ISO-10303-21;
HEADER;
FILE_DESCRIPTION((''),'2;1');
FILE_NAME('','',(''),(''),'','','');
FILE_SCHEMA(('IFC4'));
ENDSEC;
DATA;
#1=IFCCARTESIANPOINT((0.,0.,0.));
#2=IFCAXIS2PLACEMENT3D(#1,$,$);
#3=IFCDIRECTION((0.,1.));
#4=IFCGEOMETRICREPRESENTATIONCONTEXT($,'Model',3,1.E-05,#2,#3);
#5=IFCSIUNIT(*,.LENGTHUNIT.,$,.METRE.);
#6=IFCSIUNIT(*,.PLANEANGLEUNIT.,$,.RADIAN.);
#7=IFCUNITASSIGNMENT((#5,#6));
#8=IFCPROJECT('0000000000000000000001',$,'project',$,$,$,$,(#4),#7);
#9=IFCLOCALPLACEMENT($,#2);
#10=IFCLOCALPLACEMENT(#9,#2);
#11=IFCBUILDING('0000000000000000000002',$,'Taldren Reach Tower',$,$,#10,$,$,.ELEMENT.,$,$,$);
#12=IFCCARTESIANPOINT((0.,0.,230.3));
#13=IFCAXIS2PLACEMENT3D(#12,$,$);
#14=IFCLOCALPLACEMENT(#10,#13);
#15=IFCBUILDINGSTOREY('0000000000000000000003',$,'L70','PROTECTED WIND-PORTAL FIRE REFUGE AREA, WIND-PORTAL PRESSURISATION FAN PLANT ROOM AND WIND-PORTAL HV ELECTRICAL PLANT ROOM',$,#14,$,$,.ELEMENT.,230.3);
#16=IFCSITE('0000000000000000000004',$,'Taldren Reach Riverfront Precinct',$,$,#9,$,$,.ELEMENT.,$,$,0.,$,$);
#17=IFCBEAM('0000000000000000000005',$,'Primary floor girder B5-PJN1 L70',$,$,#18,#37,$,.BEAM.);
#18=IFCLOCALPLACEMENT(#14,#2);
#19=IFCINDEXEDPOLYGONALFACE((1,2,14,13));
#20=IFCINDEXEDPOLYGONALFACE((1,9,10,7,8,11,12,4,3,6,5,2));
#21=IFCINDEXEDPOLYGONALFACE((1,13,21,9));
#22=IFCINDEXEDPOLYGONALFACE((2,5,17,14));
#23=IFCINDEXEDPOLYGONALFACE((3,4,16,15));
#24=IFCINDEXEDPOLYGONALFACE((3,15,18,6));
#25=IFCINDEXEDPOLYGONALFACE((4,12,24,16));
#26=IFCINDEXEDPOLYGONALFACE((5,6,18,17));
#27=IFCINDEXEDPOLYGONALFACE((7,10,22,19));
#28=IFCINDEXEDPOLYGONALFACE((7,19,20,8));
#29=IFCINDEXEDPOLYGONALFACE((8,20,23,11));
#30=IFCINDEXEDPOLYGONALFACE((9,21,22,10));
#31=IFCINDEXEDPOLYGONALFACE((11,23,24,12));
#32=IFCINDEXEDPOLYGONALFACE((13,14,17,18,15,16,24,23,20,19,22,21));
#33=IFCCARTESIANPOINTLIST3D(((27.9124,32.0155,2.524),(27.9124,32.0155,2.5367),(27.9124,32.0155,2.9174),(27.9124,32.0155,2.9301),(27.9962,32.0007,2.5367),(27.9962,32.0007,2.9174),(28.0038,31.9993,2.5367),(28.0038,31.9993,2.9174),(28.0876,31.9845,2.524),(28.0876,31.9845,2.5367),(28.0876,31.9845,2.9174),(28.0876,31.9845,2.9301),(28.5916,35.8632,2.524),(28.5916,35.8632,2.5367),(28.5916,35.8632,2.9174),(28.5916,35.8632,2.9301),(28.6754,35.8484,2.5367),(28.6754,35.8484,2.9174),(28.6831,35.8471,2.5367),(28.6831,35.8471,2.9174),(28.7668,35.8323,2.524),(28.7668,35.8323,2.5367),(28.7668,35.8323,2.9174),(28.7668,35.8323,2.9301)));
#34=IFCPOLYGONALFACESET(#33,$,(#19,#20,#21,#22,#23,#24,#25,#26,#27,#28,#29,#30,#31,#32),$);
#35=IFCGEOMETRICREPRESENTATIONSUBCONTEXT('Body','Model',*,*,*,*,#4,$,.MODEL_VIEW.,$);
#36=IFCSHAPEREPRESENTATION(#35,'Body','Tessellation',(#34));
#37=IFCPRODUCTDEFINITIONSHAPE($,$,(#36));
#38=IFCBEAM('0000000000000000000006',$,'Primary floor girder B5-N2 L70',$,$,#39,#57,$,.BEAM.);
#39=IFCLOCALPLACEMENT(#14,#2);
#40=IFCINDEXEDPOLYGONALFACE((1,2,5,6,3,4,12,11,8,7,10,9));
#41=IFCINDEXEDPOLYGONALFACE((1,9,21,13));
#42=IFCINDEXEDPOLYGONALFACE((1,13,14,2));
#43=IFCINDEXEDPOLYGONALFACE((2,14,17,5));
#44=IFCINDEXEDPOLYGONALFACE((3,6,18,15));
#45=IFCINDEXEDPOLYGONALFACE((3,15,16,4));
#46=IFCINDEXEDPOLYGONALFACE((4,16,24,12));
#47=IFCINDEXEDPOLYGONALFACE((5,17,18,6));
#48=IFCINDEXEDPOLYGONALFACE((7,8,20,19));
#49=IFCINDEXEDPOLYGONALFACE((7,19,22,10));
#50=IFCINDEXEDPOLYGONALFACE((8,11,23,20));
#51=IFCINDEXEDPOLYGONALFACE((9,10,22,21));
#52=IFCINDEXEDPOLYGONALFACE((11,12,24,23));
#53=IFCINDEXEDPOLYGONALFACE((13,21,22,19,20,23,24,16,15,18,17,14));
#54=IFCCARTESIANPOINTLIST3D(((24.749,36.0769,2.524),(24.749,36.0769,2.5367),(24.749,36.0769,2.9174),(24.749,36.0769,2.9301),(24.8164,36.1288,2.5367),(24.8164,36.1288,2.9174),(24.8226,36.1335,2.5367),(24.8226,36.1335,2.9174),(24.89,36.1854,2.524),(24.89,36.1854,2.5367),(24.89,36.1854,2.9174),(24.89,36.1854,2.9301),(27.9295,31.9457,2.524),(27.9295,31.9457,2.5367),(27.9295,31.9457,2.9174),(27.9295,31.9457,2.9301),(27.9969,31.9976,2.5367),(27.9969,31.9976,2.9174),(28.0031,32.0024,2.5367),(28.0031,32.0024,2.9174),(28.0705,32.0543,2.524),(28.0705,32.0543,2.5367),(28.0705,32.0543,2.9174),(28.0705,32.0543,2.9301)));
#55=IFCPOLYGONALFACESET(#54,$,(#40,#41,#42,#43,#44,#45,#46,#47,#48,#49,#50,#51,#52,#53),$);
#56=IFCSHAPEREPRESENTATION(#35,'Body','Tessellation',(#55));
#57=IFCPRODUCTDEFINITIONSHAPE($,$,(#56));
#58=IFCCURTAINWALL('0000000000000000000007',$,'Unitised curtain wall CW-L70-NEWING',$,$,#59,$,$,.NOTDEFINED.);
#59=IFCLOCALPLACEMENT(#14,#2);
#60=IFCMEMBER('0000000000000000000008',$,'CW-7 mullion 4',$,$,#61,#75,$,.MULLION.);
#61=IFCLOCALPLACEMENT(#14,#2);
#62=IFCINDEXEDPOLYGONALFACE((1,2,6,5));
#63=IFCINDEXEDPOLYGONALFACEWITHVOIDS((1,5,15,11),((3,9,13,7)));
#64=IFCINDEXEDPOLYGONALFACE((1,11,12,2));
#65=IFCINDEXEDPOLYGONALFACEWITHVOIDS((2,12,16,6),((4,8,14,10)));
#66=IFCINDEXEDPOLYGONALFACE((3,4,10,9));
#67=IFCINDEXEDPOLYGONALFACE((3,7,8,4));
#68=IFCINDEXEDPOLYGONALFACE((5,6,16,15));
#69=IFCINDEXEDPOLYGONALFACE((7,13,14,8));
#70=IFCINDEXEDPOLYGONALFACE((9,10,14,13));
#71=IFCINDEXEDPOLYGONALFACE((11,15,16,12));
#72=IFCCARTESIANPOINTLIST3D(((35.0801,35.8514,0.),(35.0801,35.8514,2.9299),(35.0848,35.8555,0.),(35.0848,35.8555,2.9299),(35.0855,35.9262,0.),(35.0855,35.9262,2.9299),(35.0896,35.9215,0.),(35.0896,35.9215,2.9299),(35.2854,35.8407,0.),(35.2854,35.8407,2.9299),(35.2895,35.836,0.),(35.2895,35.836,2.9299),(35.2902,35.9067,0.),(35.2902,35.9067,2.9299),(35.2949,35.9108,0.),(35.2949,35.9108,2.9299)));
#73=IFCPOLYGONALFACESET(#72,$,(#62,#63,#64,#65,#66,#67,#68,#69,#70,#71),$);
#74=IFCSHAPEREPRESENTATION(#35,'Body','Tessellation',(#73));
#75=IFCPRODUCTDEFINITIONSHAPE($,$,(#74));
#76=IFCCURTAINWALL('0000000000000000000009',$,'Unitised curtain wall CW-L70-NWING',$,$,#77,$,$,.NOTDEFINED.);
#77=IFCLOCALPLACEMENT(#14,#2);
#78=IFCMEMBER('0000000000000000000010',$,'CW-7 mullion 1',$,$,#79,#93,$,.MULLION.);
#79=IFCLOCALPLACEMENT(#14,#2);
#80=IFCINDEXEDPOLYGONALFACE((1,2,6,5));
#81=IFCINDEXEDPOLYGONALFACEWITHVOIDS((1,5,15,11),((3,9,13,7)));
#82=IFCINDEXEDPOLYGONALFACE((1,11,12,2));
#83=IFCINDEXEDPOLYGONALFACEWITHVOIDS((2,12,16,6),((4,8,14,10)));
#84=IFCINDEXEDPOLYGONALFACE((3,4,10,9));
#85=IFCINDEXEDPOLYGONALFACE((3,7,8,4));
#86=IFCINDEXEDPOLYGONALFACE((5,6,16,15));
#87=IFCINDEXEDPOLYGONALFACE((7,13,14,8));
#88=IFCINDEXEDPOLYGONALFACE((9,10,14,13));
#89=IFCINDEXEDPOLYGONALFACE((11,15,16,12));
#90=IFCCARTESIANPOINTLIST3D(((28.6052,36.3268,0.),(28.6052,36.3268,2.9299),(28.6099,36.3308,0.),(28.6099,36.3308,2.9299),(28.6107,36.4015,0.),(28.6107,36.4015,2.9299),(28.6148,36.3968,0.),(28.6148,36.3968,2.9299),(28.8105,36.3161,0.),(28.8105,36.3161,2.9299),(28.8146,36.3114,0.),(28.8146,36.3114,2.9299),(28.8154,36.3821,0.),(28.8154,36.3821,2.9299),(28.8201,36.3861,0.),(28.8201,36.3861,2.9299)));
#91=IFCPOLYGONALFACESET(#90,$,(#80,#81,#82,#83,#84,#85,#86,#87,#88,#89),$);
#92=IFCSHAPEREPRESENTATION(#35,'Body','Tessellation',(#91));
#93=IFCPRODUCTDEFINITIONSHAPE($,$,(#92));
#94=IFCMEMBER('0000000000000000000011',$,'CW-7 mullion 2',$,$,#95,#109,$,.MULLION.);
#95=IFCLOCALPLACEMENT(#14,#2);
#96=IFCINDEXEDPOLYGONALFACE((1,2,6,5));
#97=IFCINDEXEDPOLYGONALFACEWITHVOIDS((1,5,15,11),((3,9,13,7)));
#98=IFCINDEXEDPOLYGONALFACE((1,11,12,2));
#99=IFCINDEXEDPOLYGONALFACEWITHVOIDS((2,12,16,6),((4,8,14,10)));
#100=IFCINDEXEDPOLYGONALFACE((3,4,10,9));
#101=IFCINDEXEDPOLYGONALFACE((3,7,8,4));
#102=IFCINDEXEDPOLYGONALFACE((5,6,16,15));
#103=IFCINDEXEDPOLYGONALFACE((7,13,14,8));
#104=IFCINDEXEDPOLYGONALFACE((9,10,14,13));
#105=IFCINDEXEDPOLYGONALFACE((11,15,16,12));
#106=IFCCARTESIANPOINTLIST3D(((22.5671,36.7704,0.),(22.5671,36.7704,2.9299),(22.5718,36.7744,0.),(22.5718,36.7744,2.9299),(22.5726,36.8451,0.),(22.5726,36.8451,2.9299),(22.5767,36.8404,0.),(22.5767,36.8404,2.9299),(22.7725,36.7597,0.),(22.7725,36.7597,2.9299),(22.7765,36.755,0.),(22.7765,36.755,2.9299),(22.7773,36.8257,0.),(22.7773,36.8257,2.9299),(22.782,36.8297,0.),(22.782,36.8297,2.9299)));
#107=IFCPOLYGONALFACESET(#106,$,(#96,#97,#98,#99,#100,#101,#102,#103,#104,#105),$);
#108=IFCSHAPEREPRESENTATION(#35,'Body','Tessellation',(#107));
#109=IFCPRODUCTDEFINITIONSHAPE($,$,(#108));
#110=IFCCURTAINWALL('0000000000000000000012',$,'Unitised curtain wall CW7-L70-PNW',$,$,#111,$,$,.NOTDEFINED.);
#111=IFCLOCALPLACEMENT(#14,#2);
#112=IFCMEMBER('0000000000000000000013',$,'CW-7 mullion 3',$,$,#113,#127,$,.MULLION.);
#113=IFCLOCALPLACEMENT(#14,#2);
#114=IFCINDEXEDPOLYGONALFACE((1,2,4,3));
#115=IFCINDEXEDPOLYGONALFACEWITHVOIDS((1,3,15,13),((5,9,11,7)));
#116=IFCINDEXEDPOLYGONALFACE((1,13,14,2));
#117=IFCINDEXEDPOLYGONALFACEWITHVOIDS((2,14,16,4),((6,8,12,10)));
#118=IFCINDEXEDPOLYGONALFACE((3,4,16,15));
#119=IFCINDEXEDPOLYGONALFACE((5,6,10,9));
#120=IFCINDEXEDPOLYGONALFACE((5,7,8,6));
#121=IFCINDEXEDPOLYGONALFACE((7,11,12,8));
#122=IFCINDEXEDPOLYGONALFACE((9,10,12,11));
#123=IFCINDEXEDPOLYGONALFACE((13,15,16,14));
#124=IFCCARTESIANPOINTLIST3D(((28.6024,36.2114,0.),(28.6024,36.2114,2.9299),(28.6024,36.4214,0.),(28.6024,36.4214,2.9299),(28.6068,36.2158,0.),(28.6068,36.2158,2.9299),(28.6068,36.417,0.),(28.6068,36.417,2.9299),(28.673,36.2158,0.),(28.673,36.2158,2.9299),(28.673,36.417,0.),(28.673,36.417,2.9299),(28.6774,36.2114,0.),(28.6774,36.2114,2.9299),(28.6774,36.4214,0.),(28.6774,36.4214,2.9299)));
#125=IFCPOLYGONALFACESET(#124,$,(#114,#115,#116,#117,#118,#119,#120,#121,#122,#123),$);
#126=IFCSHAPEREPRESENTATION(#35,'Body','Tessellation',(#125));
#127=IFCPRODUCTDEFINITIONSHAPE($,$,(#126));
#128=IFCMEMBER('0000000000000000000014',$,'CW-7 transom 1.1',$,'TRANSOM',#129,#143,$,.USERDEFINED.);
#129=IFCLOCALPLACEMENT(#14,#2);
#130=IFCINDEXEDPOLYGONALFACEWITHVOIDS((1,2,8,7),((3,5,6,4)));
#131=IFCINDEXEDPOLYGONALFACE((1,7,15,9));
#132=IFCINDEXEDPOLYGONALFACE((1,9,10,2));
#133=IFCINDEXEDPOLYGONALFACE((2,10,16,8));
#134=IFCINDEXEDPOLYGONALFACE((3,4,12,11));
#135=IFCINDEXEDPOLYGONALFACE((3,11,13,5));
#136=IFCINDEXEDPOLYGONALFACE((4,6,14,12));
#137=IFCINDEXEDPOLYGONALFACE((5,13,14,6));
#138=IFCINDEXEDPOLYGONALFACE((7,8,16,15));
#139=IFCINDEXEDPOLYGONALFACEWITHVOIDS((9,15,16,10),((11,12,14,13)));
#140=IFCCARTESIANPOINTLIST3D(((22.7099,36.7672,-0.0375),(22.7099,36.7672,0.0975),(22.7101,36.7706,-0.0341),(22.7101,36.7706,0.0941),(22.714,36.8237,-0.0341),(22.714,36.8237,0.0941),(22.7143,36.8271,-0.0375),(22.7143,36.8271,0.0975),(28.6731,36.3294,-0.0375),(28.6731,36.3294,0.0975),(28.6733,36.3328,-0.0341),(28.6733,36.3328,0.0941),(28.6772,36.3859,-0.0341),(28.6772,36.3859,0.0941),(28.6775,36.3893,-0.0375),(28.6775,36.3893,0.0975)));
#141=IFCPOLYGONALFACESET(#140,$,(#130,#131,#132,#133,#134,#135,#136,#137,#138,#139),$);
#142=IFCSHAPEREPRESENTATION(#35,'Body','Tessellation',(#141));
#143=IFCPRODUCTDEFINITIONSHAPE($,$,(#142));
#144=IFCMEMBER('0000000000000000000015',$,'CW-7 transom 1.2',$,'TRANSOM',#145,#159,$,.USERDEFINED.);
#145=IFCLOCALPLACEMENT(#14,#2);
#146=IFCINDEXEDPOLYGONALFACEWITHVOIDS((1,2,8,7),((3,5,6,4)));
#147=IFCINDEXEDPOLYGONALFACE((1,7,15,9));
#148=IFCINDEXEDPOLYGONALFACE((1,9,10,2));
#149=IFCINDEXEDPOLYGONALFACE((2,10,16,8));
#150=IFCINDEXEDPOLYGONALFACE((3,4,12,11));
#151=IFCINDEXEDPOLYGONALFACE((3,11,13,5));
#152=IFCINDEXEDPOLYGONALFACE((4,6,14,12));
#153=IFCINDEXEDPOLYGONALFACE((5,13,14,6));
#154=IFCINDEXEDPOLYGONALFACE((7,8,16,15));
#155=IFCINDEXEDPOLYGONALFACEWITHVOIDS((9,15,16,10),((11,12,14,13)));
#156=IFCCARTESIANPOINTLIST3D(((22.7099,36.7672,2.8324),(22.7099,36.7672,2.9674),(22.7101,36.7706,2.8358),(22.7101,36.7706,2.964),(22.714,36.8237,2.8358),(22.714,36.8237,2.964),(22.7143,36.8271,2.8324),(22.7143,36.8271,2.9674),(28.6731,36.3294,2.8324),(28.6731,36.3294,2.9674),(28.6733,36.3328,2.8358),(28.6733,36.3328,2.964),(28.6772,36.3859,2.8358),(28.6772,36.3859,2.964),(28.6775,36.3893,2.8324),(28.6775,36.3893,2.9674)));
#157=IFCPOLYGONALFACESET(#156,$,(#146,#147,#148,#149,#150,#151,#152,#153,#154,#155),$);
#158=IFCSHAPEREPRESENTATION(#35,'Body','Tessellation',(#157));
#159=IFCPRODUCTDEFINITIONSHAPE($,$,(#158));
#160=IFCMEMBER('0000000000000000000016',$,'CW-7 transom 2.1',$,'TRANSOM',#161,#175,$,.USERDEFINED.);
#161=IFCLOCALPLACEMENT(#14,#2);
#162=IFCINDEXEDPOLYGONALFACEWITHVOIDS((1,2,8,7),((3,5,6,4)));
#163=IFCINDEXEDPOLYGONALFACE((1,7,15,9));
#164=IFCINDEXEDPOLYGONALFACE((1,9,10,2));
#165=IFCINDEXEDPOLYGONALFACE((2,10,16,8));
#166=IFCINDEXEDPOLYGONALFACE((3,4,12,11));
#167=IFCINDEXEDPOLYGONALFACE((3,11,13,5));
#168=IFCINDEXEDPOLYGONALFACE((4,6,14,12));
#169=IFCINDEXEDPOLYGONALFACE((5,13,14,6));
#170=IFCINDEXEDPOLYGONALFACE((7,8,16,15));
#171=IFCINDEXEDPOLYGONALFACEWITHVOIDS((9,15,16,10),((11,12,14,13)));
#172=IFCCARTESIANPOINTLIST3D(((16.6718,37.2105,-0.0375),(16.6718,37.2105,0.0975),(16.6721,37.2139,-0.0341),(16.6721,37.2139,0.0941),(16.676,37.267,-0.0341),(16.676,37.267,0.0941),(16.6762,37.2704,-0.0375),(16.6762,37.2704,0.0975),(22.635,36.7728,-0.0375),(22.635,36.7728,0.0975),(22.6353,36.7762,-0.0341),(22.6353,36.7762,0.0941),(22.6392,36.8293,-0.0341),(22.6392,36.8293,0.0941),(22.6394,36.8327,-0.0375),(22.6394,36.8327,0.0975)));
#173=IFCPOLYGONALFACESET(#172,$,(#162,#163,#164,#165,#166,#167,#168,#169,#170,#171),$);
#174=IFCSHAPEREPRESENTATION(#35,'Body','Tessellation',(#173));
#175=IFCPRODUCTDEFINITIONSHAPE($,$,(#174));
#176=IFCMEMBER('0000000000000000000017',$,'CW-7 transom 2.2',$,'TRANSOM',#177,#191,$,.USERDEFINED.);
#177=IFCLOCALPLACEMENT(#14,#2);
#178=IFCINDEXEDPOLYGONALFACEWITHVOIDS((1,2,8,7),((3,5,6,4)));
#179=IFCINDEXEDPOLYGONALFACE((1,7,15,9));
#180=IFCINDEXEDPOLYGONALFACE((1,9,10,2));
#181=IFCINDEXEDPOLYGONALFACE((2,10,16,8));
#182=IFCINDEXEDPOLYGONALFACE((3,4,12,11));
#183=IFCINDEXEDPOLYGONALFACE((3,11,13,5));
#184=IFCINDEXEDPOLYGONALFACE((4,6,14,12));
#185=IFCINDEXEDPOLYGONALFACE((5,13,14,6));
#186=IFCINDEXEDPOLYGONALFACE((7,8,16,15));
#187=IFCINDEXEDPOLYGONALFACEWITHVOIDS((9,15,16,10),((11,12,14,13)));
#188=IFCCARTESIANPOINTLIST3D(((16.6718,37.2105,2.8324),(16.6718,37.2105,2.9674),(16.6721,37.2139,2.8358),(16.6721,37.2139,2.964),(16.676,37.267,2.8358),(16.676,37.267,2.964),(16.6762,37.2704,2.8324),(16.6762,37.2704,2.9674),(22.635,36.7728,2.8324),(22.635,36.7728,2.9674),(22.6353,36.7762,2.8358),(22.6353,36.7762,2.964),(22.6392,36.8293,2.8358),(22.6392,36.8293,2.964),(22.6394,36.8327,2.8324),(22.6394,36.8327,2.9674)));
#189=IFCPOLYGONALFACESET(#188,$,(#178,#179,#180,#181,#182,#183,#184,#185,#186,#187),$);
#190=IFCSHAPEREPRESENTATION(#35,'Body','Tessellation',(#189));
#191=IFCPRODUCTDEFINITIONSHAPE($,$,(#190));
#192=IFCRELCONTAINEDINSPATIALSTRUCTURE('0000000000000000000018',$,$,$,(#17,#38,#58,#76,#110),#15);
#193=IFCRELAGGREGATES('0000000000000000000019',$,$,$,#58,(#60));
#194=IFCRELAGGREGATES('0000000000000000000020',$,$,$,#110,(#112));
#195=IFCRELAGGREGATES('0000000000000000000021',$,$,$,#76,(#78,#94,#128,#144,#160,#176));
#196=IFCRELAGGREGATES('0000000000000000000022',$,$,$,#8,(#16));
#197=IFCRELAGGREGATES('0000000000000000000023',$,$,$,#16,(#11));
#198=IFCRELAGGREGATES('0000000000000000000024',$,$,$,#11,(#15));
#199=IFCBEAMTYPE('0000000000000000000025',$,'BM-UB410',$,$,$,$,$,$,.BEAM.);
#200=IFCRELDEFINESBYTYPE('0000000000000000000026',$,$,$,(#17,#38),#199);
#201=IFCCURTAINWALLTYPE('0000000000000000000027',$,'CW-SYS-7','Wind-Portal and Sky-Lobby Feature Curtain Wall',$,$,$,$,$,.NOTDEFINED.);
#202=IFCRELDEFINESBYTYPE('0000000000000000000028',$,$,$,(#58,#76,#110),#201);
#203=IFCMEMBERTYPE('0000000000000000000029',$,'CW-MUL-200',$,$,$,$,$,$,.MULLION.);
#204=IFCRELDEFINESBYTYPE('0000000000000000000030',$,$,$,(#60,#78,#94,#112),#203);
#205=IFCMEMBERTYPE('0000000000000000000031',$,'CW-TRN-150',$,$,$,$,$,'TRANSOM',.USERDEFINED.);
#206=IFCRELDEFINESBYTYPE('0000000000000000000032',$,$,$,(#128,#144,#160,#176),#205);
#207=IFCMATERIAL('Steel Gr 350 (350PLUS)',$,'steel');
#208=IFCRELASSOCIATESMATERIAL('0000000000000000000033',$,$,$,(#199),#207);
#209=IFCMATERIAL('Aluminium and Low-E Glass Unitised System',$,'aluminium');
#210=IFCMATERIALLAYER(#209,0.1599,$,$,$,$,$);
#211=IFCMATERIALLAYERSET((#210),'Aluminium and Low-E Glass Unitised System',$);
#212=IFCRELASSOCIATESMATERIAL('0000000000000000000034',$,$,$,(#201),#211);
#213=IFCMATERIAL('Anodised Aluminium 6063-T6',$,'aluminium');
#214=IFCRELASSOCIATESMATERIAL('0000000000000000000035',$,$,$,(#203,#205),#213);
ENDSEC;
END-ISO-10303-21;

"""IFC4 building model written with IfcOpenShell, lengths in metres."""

from ifc_helpers import new_model, si_unit, direction, frame, origin, origin_2d, place, context, subcontext, project, spatial, hollow_rectangle, i_section, extrude, source, transform, mapped, material, layer, layer_set, material_profile, profile_set, type_object, element, aggregate, save


model = new_model("IFC4")

# Units and contexts
model_context = context("Model", 3, precision=1e-05, world=origin(), true_north=direction((0.0, 1.0)))
body_context = subcontext(model_context, "Body", "Model", "MODEL_VIEW")
ifc_project = project(units=[si_unit("LENGTHUNIT", "METRE"), si_unit("PLANEANGLEUNIT", "RADIAN")], contexts=[model_context])

# Site, building, storey
site_placement = place(None, origin())
site = spatial("IfcSite", under=ifc_project, at=site_placement, Name="Taldren Reach Riverfront Precinct", CompositionType="ELEMENT", RefElevation=0.0)
building_placement = place(site_placement, origin())
building = spatial("IfcBuilding", under=site, at=building_placement, Name="Taldren Reach Tower", CompositionType="ELEMENT")
storey_placement = place(building_placement, frame((0.0, 0.0, 230.3)))
storey = spatial("IfcBuildingStorey", under=building, at=storey_placement, Name="L70", Description="PROTECTED WIND-PORTAL FIRE REFUGE AREA, WIND-PORTAL PRESSURISATION FAN PLANT ROOM AND WIND-PORTAL HV ELECTRICAL PLANT ROOM", CompositionType="ELEMENT", Elevation=230.3)

# Shared definitions
ifc_material_1 = material(Name="Steel Gr 350 (350PLUS)", Category="steel")

# Beams
ifc_material_profile_1 = material_profile(ifc_material_1, i_section(OverallWidth=0.178, OverallDepth=0.406, WebThickness=0.0078, FlangeThickness=0.0127, at=origin_2d()), Name="410UB59.7")
ifc_profile_set_1 = profile_set([ifc_material_profile_1], Name="Steel Gr 350 (350PLUS)")
beam_type_1 = type_object("IfcBeamType", Name="BM-UB410", PredefinedType="BEAM", material=ifc_profile_set_1)
shared_shape_1 = source(origin(), body_context, "Body", "SweptSolid", [
    extrude(i_section(OverallWidth=0.178, OverallDepth=0.406, WebThickness=0.0078, FlangeThickness=0.0127, at=origin_2d()), origin(), (0.0, 0.0, 1.0), 3.9072),
])
beam_1_placement = place(storey_placement, frame((28.0, 32.0, 2.7271), z_axis=(0.173835, 0.984775, 0.0), x_axis=(-0.984775, 0.173835, 0.0)))
element("IfcBeam", 1, at=beam_1_placement, inside=storey, type_object=beam_type_1, Name="Primary floor girder B5-PJN1 L70", PredefinedType="BEAM", context=body_context, shape_type="MappedRepresentation", body=[
    mapped(shared_shape_1, transform((0.0, 0.0, 0.0), scale=1.0)),
])
shared_shape_2 = source(origin(), body_context, "Body", "SweptSolid", [
    extrude(i_section(OverallWidth=0.178, OverallDepth=0.406, WebThickness=0.0078, FlangeThickness=0.0127, at=origin_2d()), origin(), (0.0, 0.0, 1.0), 5.2136),
])
beam_2_placement = place(storey_placement, frame((28.0, 32.0, 2.7271), z_axis=(-0.61003, 0.792378, 0.0), x_axis=(-0.792378, -0.61003, 0.0)))
element("IfcBeam", 2, at=beam_2_placement, inside=storey, type_object=beam_type_1, Name="Primary floor girder B5-N2 L70", PredefinedType="BEAM", context=body_context, shape_type="MappedRepresentation", body=[
    mapped(shared_shape_2, transform((0.0, 0.0, 0.0), scale=1.0)),
])

# Curtain wall, member
ifc_material_2 = material(Name="Aluminium and Low-E Glass Unitised System", Category="aluminium")
ifc_layer_1 = layer(ifc_material_2, 0.1599)
ifc_layer_set_1 = layer_set([ifc_layer_1], Name="Aluminium and Low-E Glass Unitised System")
curtain_wall_type = type_object("IfcCurtainWallType", Name="CW-SYS-7", Description="Wind-Portal and Sky-Lobby Feature Curtain Wall", PredefinedType="NOTDEFINED", material=ifc_layer_set_1)
curtain_wall_1_placement = place(storey_placement, origin())
curtain_wall_1 = element("IfcCurtainWall", 3, at=curtain_wall_1_placement, inside=storey, type_object=curtain_wall_type, Name="Unitised curtain wall CW-L70-NEWING", PredefinedType="NOTDEFINED")
ifc_material_3 = material(Name="Anodised Aluminium 6063-T6", Category="aluminium")
ifc_material_profile_2 = material_profile(ifc_material_3, hollow_rectangle(XDim=0.075, YDim=0.21, WallThickness=0.0044, at=origin_2d()), Name="ALU-210x75x4.5RHS")
ifc_profile_set_2 = profile_set([ifc_material_profile_2], Name="Anodised Aluminium 6063-T6")
member_type_1 = type_object("IfcMemberType", Name="CW-MUL-200", PredefinedType="MULLION", material=ifc_profile_set_2)
shared_shape_3 = source(origin(), body_context, "Body", "SweptSolid", [
    extrude(hollow_rectangle(XDim=0.075, YDim=0.21, WallThickness=0.0044, at=origin_2d()), origin(), (0.0, 0.0, 1.0), 2.9299),
])
member_1_placement = place(storey_placement, frame((35.1875, 35.8811, 0.0), z_axis=(0.0, 0.0, 1.0), x_axis=(-0.073238, -0.997314, 0.0)))
member_1 = element("IfcMember", 4, at=member_1_placement, type_object=member_type_1, Name="CW-7 mullion 4", PredefinedType="MULLION", context=body_context, shape_type="MappedRepresentation", body=[
    mapped(shared_shape_3, transform((0.0, 0.0, 0.0), scale=1.0)),
])
aggregate(curtain_wall_1, [member_1])

# Curtain wall, members
curtain_wall_2_placement = place(storey_placement, origin())
curtain_wall_2 = element("IfcCurtainWall", 5, at=curtain_wall_2_placement, inside=storey, type_object=curtain_wall_type, Name="Unitised curtain wall CW-L70-NWING", PredefinedType="NOTDEFINED")
member_2_placement = place(storey_placement, frame((28.7126, 36.3564, 0.0), z_axis=(0.0, 0.0, 1.0), x_axis=(-0.073238, -0.997314, 0.0)))
member_2 = element("IfcMember", 6, at=member_2_placement, type_object=member_type_1, Name="CW-7 mullion 1", PredefinedType="MULLION", context=body_context, shape_type="MappedRepresentation", body=[
    mapped(shared_shape_3, transform((0.0, 0.0, 0.0), scale=1.0)),
])
member_3_placement = place(storey_placement, frame((22.6746, 36.8, 0.0), z_axis=(0.0, 0.0, 1.0), x_axis=(-0.073238, -0.997314, 0.0)))
member_3 = element("IfcMember", 7, at=member_3_placement, type_object=member_type_1, Name="CW-7 mullion 2", PredefinedType="MULLION", context=body_context, shape_type="MappedRepresentation", body=[
    mapped(shared_shape_3, transform((0.0, 0.0, 0.0), scale=1.0)),
])

# Curtain wall, member
curtain_wall_3_placement = place(storey_placement, origin())
curtain_wall_3 = element("IfcCurtainWall", 8, at=curtain_wall_3_placement, inside=storey, type_object=curtain_wall_type, Name="Unitised curtain wall CW7-L70-PNW", PredefinedType="NOTDEFINED")
member_4_placement = place(storey_placement, frame((28.6399, 36.3164, 0.0), z_axis=(0.0, 0.0, 1.0), x_axis=(-1.0, 0.0, 0.0)))
member_4 = element("IfcMember", 9, at=member_4_placement, type_object=member_type_1, Name="CW-7 mullion 3", PredefinedType="MULLION", context=body_context, shape_type="MappedRepresentation", body=[
    mapped(shared_shape_3, transform((0.0, 0.0, 0.0), scale=1.0)),
])

# Members
ifc_material_profile_3 = material_profile(ifc_material_3, hollow_rectangle(XDim=0.0601, YDim=0.135, WallThickness=0.0034, at=origin_2d()), Name="ALU-135x60x3.5RHS")
ifc_profile_set_3 = profile_set([ifc_material_profile_3], Name="Anodised Aluminium 6063-T6")
member_type_2 = type_object("IfcMemberType", Name="CW-TRN-150", ElementType="TRANSOM", PredefinedType="USERDEFINED", material=ifc_profile_set_3)
shared_shape_4 = source(origin(), body_context, "Body", "SweptSolid", [
    extrude(hollow_rectangle(XDim=0.0601, YDim=0.135, WallThickness=0.0034, at=origin_2d()), origin(), (0.0, 0.0, 1.0), 5.9792),
])
member_5_placement = place(storey_placement, frame((28.6753, 36.3594, 0.03), z_axis=(-0.997316, 0.073211, 0.0), x_axis=(-0.073211, -0.997316, 0.0)))
member_5 = element("IfcMember", 10, at=member_5_placement, type_object=member_type_2, Name="CW-7 transom 1.1", ObjectType="TRANSOM", PredefinedType="USERDEFINED", context=body_context, shape_type="MappedRepresentation", body=[
    mapped(shared_shape_4, transform((0.0, 0.0, 0.0), scale=1.0)),
])
member_6_placement = place(storey_placement, frame((28.6753, 36.3594, 2.8999), z_axis=(-0.997316, 0.073211, 0.0), x_axis=(-0.073211, -0.997316, 0.0)))
member_6 = element("IfcMember", 11, at=member_6_placement, type_object=member_type_2, Name="CW-7 transom 1.2", ObjectType="TRANSOM", PredefinedType="USERDEFINED", context=body_context, shape_type="MappedRepresentation", body=[
    mapped(shared_shape_4, transform((0.0, 0.0, 0.0), scale=1.0)),
])
member_7_placement = place(storey_placement, frame((22.6372, 36.8027, 0.03), z_axis=(-0.997316, 0.073211, 0.0), x_axis=(-0.073211, -0.997316, 0.0)))
member_7 = element("IfcMember", 12, at=member_7_placement, type_object=member_type_2, Name="CW-7 transom 2.1", ObjectType="TRANSOM", PredefinedType="USERDEFINED", context=body_context, shape_type="MappedRepresentation", body=[
    mapped(shared_shape_4, transform((0.0, 0.0, 0.0), scale=1.0)),
])
member_8_placement = place(storey_placement, frame((22.6372, 36.8027, 2.8999), z_axis=(-0.997316, 0.073211, 0.0), x_axis=(-0.073211, -0.997316, 0.0)))
member_8 = element("IfcMember", 13, at=member_8_placement, type_object=member_type_2, Name="CW-7 transom 2.2", ObjectType="TRANSOM", PredefinedType="USERDEFINED", context=body_context, shape_type="MappedRepresentation", body=[
    mapped(shared_shape_4, transform((0.0, 0.0, 0.0), scale=1.0)),
])

aggregate(curtain_wall_3, [member_4])
aggregate(curtain_wall_2, [member_2, member_3, member_5, member_6, member_7, member_8])

save(model, "model.ifc")
